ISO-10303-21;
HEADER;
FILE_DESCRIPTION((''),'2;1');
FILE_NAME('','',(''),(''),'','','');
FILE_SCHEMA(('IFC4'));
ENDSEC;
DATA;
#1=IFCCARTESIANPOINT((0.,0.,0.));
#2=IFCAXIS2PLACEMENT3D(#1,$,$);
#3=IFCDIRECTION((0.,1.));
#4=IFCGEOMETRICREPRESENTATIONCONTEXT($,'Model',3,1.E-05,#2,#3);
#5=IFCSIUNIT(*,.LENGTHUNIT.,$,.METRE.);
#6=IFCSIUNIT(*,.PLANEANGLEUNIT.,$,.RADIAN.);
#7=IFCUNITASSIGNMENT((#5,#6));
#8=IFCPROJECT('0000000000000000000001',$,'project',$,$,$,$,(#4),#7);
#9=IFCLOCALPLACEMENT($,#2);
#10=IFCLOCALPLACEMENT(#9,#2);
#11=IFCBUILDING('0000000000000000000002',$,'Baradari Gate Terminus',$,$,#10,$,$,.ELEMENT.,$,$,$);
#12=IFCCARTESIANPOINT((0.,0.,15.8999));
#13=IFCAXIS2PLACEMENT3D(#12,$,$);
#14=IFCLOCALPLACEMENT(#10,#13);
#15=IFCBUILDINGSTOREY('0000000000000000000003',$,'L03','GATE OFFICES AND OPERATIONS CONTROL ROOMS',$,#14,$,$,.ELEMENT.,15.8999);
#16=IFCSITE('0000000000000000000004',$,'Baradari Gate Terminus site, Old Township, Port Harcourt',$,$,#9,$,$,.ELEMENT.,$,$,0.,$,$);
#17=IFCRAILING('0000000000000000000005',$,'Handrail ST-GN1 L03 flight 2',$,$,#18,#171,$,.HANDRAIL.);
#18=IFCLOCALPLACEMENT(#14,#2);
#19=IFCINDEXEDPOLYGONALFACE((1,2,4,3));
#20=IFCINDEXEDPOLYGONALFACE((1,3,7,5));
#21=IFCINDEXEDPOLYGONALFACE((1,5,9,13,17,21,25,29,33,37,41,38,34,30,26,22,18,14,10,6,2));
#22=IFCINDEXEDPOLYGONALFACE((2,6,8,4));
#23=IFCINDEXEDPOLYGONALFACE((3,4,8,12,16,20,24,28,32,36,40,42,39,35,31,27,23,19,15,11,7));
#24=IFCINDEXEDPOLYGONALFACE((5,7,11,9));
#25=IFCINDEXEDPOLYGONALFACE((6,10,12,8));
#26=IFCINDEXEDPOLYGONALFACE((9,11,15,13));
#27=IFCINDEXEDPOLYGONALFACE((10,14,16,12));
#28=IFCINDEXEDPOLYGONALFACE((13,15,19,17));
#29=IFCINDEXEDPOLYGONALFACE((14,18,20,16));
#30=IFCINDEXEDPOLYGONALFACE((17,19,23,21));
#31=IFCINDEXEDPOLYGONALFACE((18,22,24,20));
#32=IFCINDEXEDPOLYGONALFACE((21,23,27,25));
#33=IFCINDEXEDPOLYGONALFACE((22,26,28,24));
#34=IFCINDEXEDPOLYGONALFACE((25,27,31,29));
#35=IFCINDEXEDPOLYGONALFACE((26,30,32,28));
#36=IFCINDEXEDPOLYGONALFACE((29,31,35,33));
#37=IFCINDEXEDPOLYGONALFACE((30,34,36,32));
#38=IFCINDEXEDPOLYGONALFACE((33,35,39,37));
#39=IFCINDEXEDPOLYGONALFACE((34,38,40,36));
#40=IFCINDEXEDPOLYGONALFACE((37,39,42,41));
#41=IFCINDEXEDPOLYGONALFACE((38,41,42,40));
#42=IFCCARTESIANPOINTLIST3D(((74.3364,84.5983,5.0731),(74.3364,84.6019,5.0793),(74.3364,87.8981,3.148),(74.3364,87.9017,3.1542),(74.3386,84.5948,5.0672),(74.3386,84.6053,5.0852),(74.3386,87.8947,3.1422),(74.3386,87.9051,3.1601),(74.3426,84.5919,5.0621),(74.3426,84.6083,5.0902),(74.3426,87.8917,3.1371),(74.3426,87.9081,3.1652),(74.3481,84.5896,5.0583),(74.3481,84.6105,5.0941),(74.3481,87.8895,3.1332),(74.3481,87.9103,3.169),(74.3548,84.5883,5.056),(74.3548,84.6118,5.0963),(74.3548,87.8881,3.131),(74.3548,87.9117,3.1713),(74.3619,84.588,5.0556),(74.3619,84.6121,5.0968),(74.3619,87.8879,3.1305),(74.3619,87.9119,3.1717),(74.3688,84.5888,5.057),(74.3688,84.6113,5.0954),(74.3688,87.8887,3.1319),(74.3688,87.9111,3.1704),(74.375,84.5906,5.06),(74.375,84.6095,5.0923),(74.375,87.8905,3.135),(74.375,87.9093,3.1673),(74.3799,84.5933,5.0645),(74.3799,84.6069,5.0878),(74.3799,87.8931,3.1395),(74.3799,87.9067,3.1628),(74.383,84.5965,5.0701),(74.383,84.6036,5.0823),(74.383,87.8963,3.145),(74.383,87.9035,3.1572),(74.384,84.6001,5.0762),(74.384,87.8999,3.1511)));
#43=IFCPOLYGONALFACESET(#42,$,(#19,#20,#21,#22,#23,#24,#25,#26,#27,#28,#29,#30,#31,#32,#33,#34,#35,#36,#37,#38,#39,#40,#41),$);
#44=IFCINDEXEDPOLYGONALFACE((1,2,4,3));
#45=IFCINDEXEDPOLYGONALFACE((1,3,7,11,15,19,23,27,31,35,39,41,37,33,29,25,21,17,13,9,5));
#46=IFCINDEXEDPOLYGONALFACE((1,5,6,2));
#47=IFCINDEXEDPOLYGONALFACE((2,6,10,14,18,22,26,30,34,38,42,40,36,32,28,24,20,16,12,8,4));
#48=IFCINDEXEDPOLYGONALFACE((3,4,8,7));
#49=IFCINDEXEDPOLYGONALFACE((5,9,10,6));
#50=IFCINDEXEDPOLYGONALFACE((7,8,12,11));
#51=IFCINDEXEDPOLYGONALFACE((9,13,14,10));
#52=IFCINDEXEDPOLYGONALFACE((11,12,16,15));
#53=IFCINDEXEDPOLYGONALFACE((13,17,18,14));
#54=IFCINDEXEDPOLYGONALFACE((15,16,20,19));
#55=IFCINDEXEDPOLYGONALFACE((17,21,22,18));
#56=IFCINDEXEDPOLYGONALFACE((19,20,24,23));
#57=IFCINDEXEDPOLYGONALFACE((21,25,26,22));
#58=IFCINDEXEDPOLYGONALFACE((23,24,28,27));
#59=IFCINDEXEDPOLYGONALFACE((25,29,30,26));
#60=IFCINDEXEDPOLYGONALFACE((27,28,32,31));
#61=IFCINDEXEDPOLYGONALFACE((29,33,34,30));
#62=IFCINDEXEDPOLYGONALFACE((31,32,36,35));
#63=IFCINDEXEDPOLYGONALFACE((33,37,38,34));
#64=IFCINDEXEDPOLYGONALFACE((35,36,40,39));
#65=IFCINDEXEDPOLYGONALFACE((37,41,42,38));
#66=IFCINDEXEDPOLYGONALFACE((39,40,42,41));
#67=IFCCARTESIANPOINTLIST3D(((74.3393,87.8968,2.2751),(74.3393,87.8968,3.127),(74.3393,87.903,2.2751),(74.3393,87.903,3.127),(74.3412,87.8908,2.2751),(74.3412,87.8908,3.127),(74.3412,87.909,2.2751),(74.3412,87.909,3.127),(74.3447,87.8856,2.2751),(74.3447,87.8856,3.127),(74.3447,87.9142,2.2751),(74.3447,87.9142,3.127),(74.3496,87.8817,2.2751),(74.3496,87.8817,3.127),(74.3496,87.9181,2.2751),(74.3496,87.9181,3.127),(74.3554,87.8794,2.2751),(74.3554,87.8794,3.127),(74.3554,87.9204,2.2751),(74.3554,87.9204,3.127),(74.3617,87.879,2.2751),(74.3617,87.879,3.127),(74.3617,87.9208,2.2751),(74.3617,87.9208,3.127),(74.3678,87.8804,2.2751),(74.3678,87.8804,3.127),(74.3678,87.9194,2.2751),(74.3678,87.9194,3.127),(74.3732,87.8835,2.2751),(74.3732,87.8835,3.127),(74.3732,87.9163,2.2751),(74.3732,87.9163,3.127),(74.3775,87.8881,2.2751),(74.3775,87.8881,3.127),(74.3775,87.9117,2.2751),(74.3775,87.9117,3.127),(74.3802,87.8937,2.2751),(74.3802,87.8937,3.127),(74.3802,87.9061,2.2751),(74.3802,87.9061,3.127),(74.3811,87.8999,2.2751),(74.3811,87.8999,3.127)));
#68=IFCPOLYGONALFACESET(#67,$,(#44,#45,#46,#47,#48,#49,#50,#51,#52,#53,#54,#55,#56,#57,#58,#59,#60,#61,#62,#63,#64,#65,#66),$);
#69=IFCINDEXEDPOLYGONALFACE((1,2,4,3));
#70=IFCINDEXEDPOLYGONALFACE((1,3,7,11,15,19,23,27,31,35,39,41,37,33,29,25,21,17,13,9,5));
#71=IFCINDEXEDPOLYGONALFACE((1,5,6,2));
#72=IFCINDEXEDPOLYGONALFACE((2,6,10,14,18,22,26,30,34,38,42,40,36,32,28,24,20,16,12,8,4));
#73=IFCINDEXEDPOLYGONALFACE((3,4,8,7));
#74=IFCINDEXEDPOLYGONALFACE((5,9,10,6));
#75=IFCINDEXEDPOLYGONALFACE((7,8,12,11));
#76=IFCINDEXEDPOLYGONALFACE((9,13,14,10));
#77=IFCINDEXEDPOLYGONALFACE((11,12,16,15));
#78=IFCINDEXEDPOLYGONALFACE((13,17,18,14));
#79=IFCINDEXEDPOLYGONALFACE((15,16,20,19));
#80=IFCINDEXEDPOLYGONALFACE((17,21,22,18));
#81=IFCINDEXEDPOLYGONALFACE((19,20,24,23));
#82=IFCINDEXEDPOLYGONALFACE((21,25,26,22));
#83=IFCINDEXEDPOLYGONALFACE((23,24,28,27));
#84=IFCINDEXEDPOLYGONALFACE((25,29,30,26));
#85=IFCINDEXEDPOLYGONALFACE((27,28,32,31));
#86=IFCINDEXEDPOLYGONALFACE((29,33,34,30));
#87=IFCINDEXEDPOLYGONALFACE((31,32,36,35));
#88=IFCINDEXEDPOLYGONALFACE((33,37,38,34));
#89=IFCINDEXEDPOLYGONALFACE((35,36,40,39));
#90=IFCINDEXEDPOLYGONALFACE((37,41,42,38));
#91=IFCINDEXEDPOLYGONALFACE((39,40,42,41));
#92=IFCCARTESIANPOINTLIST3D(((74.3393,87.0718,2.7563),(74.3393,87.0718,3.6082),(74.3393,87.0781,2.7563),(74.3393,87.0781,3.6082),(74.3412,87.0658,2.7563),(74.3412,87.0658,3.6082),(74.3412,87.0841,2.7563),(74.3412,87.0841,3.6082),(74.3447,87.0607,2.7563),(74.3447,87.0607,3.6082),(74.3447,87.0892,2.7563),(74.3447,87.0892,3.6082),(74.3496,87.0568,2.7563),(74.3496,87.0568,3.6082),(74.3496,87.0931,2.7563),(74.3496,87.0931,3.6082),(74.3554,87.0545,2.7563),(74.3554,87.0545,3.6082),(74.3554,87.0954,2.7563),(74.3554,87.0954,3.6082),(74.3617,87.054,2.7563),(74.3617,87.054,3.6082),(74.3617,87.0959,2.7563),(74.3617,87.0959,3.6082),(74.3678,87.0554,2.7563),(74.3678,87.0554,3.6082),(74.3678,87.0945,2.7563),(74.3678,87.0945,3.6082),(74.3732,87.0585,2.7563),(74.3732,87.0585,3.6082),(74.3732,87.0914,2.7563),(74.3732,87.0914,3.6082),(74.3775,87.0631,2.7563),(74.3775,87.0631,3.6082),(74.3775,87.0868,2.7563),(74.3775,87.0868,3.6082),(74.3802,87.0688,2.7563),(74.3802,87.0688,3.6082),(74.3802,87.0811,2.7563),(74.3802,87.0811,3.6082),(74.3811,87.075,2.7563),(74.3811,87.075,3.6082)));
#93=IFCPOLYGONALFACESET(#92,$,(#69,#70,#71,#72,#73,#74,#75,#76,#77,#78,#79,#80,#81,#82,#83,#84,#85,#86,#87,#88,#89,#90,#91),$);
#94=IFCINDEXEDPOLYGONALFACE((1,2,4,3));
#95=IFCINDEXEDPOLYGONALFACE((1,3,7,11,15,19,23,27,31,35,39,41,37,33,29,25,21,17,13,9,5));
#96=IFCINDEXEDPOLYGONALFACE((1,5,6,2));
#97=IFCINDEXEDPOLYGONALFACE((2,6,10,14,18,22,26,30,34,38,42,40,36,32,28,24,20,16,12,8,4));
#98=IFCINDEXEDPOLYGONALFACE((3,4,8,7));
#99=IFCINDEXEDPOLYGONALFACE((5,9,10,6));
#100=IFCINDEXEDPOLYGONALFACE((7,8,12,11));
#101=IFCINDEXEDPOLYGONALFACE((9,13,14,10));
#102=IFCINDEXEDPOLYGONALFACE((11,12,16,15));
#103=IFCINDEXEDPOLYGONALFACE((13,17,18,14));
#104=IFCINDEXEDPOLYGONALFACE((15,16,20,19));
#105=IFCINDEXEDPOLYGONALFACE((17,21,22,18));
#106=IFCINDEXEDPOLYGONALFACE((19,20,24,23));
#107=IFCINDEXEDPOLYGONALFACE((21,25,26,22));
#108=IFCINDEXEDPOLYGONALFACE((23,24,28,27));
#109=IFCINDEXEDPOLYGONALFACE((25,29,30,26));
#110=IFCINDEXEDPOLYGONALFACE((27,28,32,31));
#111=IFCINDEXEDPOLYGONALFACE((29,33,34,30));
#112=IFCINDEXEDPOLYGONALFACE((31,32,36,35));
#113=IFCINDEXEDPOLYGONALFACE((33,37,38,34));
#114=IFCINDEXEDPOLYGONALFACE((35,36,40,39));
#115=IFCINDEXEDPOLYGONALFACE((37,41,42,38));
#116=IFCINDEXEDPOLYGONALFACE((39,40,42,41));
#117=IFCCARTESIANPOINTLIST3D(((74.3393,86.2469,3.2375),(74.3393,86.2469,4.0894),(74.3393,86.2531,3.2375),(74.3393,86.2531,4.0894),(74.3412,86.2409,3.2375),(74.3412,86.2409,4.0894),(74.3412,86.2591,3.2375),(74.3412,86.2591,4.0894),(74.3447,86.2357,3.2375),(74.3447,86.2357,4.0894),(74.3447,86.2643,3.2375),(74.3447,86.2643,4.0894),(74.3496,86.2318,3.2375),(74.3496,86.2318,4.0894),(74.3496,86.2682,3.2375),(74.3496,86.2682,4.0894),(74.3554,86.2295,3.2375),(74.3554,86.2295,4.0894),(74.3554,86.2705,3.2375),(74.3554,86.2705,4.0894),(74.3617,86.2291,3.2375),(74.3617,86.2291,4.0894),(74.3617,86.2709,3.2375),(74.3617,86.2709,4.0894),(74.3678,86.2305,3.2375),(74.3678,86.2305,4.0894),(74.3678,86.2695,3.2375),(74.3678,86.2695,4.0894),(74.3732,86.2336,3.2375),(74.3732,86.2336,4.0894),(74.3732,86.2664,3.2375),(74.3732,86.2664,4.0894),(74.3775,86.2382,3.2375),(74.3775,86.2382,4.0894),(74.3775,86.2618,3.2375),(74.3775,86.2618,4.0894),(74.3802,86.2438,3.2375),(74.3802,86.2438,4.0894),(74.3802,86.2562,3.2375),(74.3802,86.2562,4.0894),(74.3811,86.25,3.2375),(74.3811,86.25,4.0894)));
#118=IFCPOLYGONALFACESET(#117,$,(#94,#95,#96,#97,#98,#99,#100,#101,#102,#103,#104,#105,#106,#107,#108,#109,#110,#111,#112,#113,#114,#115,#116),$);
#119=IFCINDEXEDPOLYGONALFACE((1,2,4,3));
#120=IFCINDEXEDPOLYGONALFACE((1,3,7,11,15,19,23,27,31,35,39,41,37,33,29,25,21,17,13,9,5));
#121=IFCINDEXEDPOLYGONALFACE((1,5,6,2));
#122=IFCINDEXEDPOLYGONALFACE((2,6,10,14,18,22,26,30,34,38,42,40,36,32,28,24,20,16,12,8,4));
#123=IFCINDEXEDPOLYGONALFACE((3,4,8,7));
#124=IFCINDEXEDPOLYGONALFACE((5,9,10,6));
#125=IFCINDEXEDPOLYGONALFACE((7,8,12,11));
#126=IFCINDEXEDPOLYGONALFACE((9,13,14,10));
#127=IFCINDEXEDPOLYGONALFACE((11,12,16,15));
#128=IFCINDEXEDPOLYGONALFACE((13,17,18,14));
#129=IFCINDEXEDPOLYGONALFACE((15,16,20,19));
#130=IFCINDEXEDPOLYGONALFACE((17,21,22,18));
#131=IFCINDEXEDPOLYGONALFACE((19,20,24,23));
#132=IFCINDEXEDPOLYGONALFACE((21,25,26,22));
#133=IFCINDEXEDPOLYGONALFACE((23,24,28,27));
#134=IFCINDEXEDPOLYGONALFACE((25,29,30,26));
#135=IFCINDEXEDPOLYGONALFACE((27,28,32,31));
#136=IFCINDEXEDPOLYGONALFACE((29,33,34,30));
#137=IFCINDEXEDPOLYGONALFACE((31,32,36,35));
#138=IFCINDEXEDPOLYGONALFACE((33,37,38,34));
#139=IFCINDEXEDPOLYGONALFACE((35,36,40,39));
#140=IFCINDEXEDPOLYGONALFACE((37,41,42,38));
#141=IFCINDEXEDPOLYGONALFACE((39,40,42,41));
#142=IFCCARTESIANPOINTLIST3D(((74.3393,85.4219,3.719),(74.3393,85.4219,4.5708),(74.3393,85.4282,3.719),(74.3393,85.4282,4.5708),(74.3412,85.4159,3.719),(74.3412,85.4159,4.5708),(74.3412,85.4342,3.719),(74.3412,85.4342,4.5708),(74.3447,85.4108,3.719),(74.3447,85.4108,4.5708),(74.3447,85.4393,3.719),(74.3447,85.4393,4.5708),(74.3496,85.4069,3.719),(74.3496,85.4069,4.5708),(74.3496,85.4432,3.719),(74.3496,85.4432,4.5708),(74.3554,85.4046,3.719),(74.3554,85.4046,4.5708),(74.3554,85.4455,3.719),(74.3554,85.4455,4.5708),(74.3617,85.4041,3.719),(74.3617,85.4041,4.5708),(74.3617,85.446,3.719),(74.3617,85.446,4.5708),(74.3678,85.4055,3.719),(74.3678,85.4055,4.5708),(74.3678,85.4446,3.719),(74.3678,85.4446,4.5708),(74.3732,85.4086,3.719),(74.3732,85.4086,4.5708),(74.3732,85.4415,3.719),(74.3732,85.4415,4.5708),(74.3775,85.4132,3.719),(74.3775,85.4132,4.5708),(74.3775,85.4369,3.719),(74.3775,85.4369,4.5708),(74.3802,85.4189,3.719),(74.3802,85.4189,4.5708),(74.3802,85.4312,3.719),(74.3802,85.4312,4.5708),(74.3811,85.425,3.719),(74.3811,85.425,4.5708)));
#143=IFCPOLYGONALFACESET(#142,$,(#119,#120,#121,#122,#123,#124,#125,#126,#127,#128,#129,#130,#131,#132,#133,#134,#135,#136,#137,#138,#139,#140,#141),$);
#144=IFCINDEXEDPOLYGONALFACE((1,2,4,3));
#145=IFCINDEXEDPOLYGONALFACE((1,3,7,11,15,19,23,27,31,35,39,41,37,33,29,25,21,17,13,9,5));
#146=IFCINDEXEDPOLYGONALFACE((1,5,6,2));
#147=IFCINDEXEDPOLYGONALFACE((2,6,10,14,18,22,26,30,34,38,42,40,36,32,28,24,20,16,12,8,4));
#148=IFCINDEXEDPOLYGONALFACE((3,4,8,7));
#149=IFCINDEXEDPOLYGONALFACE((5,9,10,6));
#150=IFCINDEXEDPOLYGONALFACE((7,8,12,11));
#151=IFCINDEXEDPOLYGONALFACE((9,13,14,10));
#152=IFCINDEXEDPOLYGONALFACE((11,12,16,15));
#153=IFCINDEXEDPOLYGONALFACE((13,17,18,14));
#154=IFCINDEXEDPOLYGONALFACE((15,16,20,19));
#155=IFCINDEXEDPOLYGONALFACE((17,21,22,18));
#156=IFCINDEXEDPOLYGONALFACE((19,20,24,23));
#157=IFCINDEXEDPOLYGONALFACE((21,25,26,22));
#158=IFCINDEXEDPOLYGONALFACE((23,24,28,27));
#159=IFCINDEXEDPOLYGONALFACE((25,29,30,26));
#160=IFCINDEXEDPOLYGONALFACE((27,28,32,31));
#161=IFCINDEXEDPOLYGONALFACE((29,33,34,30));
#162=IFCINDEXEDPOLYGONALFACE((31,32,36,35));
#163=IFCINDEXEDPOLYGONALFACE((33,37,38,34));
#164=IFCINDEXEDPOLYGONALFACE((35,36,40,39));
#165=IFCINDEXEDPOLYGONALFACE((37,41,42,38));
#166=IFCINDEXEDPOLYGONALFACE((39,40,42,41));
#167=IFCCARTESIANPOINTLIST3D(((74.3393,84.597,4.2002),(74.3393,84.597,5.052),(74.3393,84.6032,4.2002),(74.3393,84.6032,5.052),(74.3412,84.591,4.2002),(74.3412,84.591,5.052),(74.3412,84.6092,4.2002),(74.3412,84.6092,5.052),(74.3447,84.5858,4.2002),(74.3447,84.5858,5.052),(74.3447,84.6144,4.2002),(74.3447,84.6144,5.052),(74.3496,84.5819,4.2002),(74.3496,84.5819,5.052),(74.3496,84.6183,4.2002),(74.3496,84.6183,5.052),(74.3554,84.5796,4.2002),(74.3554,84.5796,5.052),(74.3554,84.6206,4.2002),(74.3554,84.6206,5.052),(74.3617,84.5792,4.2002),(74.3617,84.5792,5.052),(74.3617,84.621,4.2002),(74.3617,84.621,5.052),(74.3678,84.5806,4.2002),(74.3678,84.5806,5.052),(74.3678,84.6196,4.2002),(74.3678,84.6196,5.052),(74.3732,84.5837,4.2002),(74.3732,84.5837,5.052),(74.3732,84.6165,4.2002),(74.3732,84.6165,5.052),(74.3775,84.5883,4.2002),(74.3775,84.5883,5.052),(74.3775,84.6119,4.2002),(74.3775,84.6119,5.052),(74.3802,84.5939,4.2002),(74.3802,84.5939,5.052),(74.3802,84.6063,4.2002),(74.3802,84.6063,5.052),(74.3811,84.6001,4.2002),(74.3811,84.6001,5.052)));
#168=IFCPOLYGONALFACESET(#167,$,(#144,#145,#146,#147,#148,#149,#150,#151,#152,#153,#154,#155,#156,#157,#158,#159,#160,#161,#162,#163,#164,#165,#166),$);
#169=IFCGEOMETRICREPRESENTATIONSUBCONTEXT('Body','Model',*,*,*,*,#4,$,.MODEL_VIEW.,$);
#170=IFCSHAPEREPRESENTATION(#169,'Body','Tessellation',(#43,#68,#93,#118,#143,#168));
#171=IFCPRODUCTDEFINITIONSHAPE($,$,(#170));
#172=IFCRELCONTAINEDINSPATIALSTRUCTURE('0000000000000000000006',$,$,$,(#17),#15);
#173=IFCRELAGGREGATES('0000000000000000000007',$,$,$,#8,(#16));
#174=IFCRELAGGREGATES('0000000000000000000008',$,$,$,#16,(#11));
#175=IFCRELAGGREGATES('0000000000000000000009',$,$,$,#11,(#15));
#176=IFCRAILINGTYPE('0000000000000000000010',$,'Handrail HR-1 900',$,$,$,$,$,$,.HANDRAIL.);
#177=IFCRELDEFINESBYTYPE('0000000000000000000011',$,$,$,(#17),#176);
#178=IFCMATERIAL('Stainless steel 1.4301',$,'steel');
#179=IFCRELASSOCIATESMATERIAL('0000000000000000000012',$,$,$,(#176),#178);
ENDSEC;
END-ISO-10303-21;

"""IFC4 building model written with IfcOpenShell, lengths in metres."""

from ifc_helpers import new_model, si_unit, direction, frame, origin, origin_2d, place, context, subcontext, project, spatial, circle, extrude, material, type_object, element, save


model = new_model("IFC4")

# Units and contexts
model_context = context("Model", 3, precision=1e-05, world=origin(), true_north=direction((0.0, 1.0)))
body_context = subcontext(model_context, "Body", "Model", "MODEL_VIEW")
ifc_project = project(units=[si_unit("LENGTHUNIT", "METRE"), si_unit("PLANEANGLEUNIT", "RADIAN")], contexts=[model_context])

# Site, building, storey
site_placement = place(None, origin())
site = spatial("IfcSite", under=ifc_project, at=site_placement, Name="Baradari Gate Terminus site, Old Township, Port Harcourt", CompositionType="ELEMENT", RefElevation=0.0)
building_placement = place(site_placement, origin())
building = spatial("IfcBuilding", under=site, at=building_placement, Name="Baradari Gate Terminus", CompositionType="ELEMENT")
storey_placement = place(building_placement, frame((0.0, 0.0, 15.8999)))
storey = spatial("IfcBuildingStorey", under=building, at=storey_placement, Name="L03", Description="GATE OFFICES AND OPERATIONS CONTROL ROOMS", CompositionType="ELEMENT", Elevation=15.8999)

# Railing
ifc_material_1 = material(Name="Stainless steel 1.4301", Category="steel")
railing_type = type_object("IfcRailingType", Name="Handrail HR-1 900", PredefinedType="HANDRAIL", material=ifc_material_1)
for number, where, name in (
    (1, (74.3601, 87.8999, 2.2751), "Handrail ST-GN1 L03 flight 2"),
):
    element("IfcRailing", number, at=place(storey_placement, frame(where)), inside=storey, type_object=railing_type, Name=name, PredefinedType="HANDRAIL", context=body_context, shape_type="SweptSolid", body=[
        extrude(circle(Radius=0.0239, at=origin_2d()), frame((0.0, 0.0, 0.876), z_axis=(0.0, -0.86376, 0.503903), x_axis=(1.0, 0.0, 0.0)), (0.0, 0.0, 1.0), 3.8203),
        extrude(circle(Radius=0.021, at=origin_2d()), origin(), (0.0, 0.0, 1.0), 0.8518),
        extrude(circle(Radius=0.021, at=origin_2d()), frame((0.0, -0.825, 0.4812)), (0.0, 0.0, 1.0), 0.8518),
        extrude(circle(Radius=0.021, at=origin_2d()), frame((0.0, -1.6499, 0.9624)), (0.0, 0.0, 1.0), 0.8518),
        extrude(circle(Radius=0.021, at=origin_2d()), frame((0.0, -2.4749, 1.4438)), (0.0, 0.0, 1.0), 0.8518),
        extrude(circle(Radius=0.021, at=origin_2d()), frame((0.0, -3.2998, 1.925)), (0.0, 0.0, 1.0), 0.8518),
    ])

save(model, "model.ifc")
